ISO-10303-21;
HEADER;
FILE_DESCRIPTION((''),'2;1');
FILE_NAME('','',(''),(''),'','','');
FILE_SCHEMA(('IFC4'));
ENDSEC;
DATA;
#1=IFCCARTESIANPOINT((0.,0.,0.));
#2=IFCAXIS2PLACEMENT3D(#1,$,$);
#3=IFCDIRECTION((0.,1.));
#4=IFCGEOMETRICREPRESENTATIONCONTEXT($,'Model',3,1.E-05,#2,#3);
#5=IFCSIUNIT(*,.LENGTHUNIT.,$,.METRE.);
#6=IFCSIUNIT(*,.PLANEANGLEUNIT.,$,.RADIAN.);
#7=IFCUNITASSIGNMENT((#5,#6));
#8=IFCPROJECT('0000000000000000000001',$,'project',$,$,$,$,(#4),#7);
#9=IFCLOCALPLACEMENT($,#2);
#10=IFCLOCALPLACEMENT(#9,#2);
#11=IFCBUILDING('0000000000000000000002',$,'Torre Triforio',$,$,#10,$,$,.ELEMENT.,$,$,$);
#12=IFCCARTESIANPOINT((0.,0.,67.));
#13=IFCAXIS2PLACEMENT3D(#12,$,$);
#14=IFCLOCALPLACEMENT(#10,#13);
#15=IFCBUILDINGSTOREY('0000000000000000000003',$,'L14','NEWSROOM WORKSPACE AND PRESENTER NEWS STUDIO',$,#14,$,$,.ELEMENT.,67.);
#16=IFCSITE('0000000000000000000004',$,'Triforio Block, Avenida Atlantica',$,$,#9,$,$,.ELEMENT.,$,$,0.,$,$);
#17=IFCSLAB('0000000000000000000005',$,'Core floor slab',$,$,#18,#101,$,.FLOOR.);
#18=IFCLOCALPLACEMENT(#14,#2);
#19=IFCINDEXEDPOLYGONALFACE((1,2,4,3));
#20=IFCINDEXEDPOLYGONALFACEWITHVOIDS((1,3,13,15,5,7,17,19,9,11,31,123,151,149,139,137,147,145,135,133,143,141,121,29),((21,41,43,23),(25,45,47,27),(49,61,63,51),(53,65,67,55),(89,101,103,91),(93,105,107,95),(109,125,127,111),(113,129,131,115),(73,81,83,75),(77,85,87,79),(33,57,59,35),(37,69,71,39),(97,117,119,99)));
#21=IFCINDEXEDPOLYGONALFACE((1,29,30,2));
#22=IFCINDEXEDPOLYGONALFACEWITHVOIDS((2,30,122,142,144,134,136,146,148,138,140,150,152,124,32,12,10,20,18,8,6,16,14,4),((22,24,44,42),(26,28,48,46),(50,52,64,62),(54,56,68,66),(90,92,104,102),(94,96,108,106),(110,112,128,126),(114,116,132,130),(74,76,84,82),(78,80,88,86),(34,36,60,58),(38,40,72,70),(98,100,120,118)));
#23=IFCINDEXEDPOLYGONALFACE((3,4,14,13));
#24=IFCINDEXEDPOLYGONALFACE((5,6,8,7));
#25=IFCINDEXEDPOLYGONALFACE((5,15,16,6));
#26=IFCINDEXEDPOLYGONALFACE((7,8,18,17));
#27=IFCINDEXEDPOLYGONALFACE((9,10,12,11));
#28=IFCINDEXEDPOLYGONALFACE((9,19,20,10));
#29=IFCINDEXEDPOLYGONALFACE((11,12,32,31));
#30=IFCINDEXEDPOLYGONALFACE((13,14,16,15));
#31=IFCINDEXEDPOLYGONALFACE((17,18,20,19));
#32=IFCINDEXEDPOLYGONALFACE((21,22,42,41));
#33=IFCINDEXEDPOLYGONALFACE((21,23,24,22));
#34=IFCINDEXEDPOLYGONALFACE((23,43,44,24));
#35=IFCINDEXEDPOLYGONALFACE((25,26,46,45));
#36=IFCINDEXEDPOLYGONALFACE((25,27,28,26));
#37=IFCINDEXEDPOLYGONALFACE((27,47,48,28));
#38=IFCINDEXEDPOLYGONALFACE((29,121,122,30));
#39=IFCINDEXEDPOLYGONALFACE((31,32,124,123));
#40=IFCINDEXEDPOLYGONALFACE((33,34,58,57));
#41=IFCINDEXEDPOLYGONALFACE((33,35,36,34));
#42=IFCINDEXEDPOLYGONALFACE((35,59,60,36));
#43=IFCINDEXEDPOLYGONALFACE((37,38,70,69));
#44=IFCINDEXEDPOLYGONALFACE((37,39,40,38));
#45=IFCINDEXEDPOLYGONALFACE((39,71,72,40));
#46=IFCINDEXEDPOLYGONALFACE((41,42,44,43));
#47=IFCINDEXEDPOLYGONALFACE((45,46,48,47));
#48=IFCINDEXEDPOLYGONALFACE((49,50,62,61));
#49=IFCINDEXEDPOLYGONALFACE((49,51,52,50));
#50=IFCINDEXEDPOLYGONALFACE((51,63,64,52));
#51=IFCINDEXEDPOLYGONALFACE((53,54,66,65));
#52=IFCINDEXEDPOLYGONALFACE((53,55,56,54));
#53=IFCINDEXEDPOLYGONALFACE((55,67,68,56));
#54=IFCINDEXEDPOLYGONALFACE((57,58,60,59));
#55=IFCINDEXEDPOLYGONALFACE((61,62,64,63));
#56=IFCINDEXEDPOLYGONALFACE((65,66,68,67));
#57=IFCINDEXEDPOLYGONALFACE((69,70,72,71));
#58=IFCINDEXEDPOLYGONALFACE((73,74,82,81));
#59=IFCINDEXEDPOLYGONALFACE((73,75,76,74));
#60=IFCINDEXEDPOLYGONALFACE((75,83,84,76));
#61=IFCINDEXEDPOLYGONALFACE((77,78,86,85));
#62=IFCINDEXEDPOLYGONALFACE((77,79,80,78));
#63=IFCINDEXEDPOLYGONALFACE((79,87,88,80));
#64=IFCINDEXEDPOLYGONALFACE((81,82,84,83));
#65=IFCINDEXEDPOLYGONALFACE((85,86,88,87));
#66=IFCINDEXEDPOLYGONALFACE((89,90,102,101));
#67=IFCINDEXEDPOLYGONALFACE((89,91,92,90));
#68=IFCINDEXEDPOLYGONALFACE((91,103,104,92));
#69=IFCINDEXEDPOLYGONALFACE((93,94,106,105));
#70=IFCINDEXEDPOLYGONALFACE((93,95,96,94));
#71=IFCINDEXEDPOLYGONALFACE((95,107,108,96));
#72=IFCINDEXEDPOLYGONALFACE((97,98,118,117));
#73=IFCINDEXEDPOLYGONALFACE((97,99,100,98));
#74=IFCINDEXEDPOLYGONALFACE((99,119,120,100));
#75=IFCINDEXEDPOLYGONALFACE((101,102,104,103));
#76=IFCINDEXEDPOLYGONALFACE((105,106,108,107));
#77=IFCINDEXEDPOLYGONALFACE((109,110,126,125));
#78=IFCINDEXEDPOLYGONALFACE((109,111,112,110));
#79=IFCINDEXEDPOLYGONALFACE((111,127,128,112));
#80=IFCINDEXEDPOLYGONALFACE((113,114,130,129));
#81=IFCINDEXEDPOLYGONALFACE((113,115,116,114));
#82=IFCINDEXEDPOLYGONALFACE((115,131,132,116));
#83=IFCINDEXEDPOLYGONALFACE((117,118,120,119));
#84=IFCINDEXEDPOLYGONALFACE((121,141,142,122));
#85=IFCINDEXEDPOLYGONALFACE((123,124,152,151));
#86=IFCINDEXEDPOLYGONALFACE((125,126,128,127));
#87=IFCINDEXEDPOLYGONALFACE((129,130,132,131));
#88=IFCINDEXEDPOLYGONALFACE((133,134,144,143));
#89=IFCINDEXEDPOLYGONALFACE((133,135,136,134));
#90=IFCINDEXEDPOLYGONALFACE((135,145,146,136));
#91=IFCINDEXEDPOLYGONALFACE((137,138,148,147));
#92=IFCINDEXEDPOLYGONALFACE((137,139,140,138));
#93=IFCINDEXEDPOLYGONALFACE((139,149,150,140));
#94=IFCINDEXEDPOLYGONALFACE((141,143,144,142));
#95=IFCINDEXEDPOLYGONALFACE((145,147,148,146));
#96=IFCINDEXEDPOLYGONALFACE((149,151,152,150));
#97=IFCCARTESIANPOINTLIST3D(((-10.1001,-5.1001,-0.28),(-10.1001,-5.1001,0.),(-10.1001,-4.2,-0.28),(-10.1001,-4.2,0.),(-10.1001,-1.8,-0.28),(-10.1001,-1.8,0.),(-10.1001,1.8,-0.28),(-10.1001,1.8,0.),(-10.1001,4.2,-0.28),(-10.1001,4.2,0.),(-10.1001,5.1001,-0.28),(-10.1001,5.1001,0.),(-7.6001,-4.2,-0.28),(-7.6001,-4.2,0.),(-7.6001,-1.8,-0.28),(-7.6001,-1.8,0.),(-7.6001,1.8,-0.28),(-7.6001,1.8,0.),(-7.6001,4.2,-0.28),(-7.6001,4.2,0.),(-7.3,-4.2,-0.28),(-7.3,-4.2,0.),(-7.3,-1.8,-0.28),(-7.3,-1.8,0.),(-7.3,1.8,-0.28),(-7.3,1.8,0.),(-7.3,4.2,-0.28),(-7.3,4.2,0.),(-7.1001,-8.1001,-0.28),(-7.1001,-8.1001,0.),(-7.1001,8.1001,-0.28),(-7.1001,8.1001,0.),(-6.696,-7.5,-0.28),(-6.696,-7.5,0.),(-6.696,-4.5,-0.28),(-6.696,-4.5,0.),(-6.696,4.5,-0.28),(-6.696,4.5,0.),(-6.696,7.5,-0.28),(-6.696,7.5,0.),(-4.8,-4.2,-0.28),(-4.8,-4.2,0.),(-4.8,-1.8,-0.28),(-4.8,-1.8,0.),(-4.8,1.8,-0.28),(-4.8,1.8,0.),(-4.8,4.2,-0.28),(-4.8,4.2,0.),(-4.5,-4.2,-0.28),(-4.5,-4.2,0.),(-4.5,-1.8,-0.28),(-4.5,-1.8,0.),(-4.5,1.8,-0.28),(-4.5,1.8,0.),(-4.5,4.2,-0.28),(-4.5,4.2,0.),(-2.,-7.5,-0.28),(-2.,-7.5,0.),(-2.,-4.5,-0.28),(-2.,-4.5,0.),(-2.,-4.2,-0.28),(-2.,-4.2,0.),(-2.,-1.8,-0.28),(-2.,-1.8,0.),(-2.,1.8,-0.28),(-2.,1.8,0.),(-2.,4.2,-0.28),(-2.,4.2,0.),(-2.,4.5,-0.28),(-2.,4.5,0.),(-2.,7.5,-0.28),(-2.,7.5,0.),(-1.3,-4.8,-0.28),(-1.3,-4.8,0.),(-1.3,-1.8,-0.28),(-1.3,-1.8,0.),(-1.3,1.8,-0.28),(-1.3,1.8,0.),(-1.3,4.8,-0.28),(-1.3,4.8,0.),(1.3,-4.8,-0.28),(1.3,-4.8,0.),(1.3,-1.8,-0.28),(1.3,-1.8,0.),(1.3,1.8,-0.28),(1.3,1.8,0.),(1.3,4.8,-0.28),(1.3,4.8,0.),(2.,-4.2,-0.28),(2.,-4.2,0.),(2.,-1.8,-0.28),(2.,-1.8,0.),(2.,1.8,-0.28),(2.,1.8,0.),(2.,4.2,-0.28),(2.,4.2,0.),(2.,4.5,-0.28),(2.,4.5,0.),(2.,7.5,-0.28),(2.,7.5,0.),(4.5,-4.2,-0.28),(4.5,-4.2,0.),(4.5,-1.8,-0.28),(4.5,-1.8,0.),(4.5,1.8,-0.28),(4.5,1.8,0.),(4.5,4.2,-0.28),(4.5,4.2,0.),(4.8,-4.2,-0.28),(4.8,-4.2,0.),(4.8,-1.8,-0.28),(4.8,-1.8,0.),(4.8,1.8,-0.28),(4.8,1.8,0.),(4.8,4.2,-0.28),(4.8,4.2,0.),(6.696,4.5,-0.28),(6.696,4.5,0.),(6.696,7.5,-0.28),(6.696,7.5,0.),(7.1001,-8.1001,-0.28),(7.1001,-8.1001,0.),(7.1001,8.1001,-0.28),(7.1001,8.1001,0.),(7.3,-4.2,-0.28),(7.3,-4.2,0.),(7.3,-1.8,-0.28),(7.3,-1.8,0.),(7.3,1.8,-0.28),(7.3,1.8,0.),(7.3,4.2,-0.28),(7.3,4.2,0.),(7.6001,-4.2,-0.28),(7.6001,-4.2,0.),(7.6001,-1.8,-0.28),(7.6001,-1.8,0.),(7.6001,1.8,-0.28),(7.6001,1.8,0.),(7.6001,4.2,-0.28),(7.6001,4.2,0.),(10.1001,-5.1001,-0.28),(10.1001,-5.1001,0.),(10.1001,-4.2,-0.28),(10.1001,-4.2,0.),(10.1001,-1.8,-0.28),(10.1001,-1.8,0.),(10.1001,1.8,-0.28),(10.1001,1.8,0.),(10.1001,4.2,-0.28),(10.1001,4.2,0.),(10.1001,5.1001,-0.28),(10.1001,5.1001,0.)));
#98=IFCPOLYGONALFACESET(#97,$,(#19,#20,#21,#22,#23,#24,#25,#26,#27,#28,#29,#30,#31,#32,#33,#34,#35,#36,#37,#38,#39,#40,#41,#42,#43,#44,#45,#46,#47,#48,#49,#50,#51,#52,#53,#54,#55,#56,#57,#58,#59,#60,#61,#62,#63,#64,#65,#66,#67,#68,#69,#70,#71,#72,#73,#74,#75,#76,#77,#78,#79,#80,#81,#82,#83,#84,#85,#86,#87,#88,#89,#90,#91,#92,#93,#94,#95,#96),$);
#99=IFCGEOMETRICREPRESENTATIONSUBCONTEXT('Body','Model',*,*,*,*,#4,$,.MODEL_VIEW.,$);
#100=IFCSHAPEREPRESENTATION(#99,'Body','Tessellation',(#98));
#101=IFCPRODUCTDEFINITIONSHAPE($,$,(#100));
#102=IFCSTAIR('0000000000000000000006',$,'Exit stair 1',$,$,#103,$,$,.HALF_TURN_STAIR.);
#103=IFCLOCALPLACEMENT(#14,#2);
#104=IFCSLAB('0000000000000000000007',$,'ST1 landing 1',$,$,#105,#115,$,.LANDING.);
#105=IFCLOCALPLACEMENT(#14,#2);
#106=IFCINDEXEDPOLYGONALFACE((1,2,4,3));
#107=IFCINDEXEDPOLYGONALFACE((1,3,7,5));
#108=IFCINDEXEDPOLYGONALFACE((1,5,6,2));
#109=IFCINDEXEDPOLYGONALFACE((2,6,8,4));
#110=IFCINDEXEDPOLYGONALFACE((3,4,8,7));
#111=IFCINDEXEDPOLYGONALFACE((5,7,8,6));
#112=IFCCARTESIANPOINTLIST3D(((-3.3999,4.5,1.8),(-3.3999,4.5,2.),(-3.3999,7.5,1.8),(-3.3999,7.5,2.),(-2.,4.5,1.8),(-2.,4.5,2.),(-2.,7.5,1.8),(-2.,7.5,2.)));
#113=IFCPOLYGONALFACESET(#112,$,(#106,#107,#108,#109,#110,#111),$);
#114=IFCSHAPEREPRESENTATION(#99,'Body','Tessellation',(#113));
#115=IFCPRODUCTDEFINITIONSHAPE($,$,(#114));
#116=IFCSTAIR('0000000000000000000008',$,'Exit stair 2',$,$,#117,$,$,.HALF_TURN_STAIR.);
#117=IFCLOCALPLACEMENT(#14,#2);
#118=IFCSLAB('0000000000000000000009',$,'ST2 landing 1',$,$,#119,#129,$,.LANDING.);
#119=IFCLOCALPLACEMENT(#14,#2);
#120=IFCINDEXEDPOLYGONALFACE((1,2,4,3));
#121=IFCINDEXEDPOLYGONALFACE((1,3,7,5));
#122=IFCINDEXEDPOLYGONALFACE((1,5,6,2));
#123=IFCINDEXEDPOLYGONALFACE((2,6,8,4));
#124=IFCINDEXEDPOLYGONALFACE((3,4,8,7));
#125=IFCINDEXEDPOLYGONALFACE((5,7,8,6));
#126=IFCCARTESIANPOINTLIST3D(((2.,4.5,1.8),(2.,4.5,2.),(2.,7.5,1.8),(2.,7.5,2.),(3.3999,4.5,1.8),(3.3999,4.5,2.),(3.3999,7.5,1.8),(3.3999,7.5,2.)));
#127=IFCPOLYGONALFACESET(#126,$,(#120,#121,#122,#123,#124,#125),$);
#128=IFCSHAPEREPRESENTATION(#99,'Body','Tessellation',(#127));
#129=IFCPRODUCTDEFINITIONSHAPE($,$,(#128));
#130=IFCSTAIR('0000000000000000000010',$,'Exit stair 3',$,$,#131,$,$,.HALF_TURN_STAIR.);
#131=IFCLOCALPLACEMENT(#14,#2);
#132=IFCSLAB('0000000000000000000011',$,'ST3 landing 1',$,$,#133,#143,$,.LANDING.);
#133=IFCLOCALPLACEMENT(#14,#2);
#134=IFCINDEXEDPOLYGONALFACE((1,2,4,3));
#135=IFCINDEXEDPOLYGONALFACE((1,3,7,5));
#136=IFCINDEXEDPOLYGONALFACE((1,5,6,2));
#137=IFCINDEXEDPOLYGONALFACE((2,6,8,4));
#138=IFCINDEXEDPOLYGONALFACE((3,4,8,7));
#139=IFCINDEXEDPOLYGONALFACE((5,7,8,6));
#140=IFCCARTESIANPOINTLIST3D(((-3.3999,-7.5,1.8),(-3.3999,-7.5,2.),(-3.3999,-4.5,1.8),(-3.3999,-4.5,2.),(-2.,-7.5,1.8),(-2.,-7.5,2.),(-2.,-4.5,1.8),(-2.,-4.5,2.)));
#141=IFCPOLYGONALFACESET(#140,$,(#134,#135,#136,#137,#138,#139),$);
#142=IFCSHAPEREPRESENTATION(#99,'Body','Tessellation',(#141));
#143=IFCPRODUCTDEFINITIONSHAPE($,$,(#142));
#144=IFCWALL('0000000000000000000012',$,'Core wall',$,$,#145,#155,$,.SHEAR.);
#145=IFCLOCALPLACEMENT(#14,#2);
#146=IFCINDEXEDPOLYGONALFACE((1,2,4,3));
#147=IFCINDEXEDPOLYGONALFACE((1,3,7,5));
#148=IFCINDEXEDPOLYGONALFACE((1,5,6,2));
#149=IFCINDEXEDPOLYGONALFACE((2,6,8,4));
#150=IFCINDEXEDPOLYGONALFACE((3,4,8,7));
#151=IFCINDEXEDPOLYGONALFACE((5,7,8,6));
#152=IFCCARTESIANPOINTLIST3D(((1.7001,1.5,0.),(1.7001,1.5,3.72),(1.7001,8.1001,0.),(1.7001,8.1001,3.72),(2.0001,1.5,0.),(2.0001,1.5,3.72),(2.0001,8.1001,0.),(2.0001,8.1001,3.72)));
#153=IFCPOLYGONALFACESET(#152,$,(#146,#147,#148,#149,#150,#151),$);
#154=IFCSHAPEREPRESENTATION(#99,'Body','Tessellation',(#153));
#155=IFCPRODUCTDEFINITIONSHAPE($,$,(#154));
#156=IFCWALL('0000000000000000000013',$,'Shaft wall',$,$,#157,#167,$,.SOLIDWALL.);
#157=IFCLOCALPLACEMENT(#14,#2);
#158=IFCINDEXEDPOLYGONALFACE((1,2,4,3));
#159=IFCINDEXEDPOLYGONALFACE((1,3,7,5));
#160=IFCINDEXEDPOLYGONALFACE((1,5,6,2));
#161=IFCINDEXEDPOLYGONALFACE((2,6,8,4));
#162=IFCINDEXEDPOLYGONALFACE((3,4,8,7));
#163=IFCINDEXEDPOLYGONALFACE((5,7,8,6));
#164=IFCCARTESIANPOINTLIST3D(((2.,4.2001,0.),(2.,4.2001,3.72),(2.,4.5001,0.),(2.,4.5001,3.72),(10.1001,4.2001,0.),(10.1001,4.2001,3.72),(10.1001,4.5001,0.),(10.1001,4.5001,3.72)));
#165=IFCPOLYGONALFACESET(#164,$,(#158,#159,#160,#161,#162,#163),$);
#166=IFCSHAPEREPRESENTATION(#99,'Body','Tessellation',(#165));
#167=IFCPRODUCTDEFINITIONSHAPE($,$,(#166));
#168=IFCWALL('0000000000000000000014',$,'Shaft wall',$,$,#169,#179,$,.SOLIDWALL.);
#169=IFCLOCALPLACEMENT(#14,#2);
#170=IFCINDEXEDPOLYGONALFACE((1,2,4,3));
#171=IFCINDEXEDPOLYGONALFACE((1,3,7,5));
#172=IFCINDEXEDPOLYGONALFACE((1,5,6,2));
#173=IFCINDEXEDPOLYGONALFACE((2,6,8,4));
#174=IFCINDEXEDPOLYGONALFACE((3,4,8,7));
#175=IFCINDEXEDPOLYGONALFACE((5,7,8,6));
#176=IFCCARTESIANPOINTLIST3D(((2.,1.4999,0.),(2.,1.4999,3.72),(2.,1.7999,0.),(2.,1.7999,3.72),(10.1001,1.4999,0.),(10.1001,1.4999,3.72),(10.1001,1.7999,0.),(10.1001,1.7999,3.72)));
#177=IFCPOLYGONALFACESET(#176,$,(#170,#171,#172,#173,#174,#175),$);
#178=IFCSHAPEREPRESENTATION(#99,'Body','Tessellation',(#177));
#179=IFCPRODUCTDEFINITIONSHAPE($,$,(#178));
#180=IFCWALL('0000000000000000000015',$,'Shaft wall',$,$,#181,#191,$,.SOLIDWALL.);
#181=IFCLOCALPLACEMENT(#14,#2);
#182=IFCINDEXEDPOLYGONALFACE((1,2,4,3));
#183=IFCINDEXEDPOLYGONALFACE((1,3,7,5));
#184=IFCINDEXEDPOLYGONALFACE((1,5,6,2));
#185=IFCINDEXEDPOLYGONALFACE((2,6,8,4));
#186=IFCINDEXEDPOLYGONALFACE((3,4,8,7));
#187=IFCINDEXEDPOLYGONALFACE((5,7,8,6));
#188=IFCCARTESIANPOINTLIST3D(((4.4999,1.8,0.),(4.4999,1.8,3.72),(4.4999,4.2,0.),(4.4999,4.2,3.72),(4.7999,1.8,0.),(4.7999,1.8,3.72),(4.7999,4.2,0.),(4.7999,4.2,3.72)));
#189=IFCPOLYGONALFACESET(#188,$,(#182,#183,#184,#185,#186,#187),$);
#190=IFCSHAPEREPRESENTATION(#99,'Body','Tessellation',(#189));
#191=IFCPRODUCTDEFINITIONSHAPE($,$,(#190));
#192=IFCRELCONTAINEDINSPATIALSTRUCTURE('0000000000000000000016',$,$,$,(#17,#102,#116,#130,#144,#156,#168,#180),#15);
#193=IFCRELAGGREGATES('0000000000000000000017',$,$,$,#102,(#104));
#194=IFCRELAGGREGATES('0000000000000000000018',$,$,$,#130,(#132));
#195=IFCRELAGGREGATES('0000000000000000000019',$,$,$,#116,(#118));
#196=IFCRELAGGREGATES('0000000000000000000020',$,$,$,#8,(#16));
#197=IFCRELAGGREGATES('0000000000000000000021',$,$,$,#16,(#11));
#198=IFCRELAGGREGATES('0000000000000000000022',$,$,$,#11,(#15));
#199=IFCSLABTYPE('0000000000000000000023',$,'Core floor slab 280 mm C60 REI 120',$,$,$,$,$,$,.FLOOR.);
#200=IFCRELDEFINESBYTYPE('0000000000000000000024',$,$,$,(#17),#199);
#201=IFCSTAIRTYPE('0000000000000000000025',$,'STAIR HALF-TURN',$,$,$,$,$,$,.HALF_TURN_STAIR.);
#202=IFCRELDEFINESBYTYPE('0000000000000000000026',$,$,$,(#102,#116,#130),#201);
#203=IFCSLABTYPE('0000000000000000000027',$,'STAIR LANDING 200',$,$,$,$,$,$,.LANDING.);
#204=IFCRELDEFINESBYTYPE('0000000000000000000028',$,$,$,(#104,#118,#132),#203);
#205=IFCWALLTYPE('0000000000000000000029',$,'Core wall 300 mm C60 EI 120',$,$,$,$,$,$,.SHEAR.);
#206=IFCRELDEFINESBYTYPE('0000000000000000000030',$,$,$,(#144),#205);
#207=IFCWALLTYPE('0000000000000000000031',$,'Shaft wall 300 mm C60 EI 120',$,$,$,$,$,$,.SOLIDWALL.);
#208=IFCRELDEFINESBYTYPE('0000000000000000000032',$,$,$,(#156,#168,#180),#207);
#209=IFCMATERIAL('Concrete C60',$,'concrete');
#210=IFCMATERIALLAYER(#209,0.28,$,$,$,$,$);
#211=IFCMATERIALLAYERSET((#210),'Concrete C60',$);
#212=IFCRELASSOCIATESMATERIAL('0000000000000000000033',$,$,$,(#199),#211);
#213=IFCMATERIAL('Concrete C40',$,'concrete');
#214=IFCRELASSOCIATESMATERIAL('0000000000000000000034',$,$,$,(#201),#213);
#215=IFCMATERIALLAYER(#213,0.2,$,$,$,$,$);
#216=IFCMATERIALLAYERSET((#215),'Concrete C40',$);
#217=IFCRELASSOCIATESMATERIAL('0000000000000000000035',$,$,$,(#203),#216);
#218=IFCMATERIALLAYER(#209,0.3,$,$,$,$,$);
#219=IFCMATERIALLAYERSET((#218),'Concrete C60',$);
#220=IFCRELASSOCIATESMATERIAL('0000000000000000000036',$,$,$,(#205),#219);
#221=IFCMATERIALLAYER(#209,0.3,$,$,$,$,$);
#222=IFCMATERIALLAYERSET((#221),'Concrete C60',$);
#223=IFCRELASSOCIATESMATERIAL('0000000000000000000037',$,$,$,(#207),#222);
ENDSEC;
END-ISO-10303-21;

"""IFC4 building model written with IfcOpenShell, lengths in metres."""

from ifc_helpers import new_model, si_unit, direction, frame, frame_2d, origin, place, context, subcontext, project, spatial, polyline, rectangle, outline, extrude, material, layer, layer_set, type_object, element, aggregate, save


model = new_model("IFC4")

# Units and contexts
model_context = context("Model", 3, precision=1e-05, world=origin(), true_north=direction((0.0, 1.0)))
body_context = subcontext(model_context, "Body", "Model", "MODEL_VIEW")
ifc_project = project(units=[si_unit("LENGTHUNIT", "METRE"), si_unit("PLANEANGLEUNIT", "RADIAN")], contexts=[model_context])

# Site, building, storey
site_placement = place(None, origin())
site = spatial("IfcSite", under=ifc_project, at=site_placement, Name="Triforio Block, Avenida Atlantica", CompositionType="ELEMENT", RefElevation=0.0)
building_placement = place(site_placement, origin())
building = spatial("IfcBuilding", under=site, at=building_placement, Name="Torre Triforio", CompositionType="ELEMENT")
storey_placement = place(building_placement, frame((0.0, 0.0, 67.0)))
storey = spatial("IfcBuildingStorey", under=building, at=storey_placement, Name="L14", Description="NEWSROOM WORKSPACE AND PRESENTER NEWS STUDIO", CompositionType="ELEMENT", Elevation=67.0)

# Slab
ifc_material_1 = material(Name="Concrete C60", Category="concrete")
ifc_layer_1 = layer(ifc_material_1, 0.28)
ifc_layer_set_1 = layer_set([ifc_layer_1], Name="Concrete C60")
slab_type_1 = type_object("IfcSlabType", Name="Core floor slab 280 mm C60 REI 120", PredefinedType="FLOOR", material=ifc_layer_set_1)
slab_1_placement = place(storey_placement, frame((0.0, 0.0, -0.28)))
element("IfcSlab", 1, at=slab_1_placement, inside=storey, type_object=slab_type_1, Name="Core floor slab", PredefinedType="FLOOR", context=body_context, shape_type="SweptSolid", body=[
    extrude(outline(polyline([(10.1001, -5.1001), (7.1001, -8.1001), (-7.1001, -8.1001), (-10.1001, -5.1001), (-10.1001, -4.2), (-7.6001, -4.2), (-7.6001, -1.8), (-10.1001, -1.8), (-10.1001, 1.8), (-7.6001, 1.8), (-7.6001, 4.2), (-10.1001, 4.2), (-10.1001, 5.1001), (-7.1001, 8.1001), (7.1001, 8.1001), (10.1001, 5.1001), (10.1001, 4.2), (7.6001, 4.2), (7.6001, 1.8), (10.1001, 1.8), (10.1001, -1.8), (7.6001, -1.8), (7.6001, -4.2), (10.1001, -4.2), (10.1001, -5.1001)]), holes=[polyline([(-2.0, -4.5), (-6.696, -4.5), (-6.696, -7.5), (-2.0, -7.5), (-2.0, -4.5)]), polyline([(-4.8, -1.8), (-7.3, -1.8), (-7.3, -4.2), (-4.8, -4.2), (-4.8, -1.8)]), polyline([(-2.0, -1.8), (-4.5, -1.8), (-4.5, -4.2), (-2.0, -4.2), (-2.0, -1.8)]), polyline([(-4.8, 4.2), (-7.3, 4.2), (-7.3, 1.8), (-4.8, 1.8), (-4.8, 4.2)]), polyline([(-2.0, 4.2), (-4.5, 4.2), (-4.5, 1.8), (-2.0, 1.8), (-2.0, 4.2)]), polyline([(1.3, 4.8), (-1.3, 4.8), (-1.3, 1.8), (1.3, 1.8), (1.3, 4.8)]), polyline([(-2.0, 7.5), (-6.696, 7.5), (-6.696, 4.5), (-2.0, 4.5), (-2.0, 7.5)]), polyline([(1.3, -1.8), (-1.3, -1.8), (-1.3, -4.8), (1.3, -4.8), (1.3, -1.8)]), polyline([(4.5, -1.8), (2.0, -1.8), (2.0, -4.2), (4.5, -4.2), (4.5, -1.8)]), polyline([(7.3, -1.8), (4.8, -1.8), (4.8, -4.2), (7.3, -4.2), (7.3, -1.8)]), polyline([(4.5, 4.2), (2.0, 4.2), (2.0, 1.8), (4.5, 1.8), (4.5, 4.2)]), polyline([(7.3, 4.2), (4.8, 4.2), (4.8, 1.8), (7.3, 1.8), (7.3, 4.2)]), polyline([(6.696, 4.5), (6.696, 7.5), (2.0, 7.5), (2.0, 4.5), (6.696, 4.5)])]), origin(), (0.0, 0.0, 1.0), 0.28),
])

# Stairs, slabs
ifc_material_2 = material(Name="Concrete C40", Category="concrete")
stair_type = type_object("IfcStairType", Name="STAIR HALF-TURN", PredefinedType="HALF_TURN_STAIR", material=ifc_material_2)
stair_1_placement = place(storey_placement, origin())
stair_1 = element("IfcStair", 2, at=stair_1_placement, inside=storey, type_object=stair_type, Name="Exit stair 1", PredefinedType="HALF_TURN_STAIR")
ifc_layer_2 = layer(ifc_material_2, 0.2)
ifc_layer_set_2 = layer_set([ifc_layer_2], Name="Concrete C40")
slab_type_2 = type_object("IfcSlabType", Name="STAIR LANDING 200", PredefinedType="LANDING", material=ifc_layer_set_2)
slab_2_placement = place(storey_placement, frame((0.0, 0.0, 1.8)))
slab_2 = element("IfcSlab", 3, at=slab_2_placement, type_object=slab_type_2, Name="ST1 landing 1", PredefinedType="LANDING", context=body_context, shape_type="SweptSolid", body=[
    extrude(outline(polyline([(-2.0, 4.5), (-2.0, 7.5), (-3.3999, 7.5), (-3.3999, 4.5), (-2.0, 4.5)])), origin(), (0.0, 0.0, 1.0), 0.2),
])
aggregate(stair_1, [slab_2])
stair_2_placement = place(storey_placement, origin())
stair_2 = element("IfcStair", 4, at=stair_2_placement, inside=storey, type_object=stair_type, Name="Exit stair 2", PredefinedType="HALF_TURN_STAIR")
slab_3_placement = place(storey_placement, frame((0.0, 0.0, 1.8)))
slab_3 = element("IfcSlab", 5, at=slab_3_placement, type_object=slab_type_2, Name="ST2 landing 1", PredefinedType="LANDING", context=body_context, shape_type="SweptSolid", body=[
    extrude(outline(polyline([(3.3999, 4.5), (3.3999, 7.5), (2.0, 7.5), (2.0, 4.5), (3.3999, 4.5)])), origin(), (0.0, 0.0, 1.0), 0.2),
])
stair_3_placement = place(storey_placement, origin())
stair_3 = element("IfcStair", 6, at=stair_3_placement, inside=storey, type_object=stair_type, Name="Exit stair 3", PredefinedType="HALF_TURN_STAIR")
slab_4_placement = place(storey_placement, frame((0.0, 0.0, 1.8)))
slab_4 = element("IfcSlab", 7, at=slab_4_placement, type_object=slab_type_2, Name="ST3 landing 1", PredefinedType="LANDING", context=body_context, shape_type="SweptSolid", body=[
    extrude(outline(polyline([(-2.0, -7.5), (-2.0, -4.5), (-3.3999, -4.5), (-3.3999, -7.5), (-2.0, -7.5)])), origin(), (0.0, 0.0, 1.0), 0.2),
])
aggregate(stair_3, [slab_4])

# Walls
ifc_layer_3 = layer(ifc_material_1, 0.3)
ifc_layer_set_3 = layer_set([ifc_layer_3], Name="Concrete C60")
wall_type_1 = type_object("IfcWallType", Name="Core wall 300 mm C60 EI 120", PredefinedType="SHEAR", material=ifc_layer_set_3)
wall_1_placement = place(storey_placement, frame((1.8501, 1.5, 0.0), z_axis=(0.0, 0.0, 1.0), x_axis=(0.0, 1.0, 0.0)))
element("IfcWall", 8, at=wall_1_placement, inside=storey, type_object=wall_type_1, Name="Core wall", PredefinedType="SHEAR", context=body_context, shape_type="SweptSolid", body=[
    extrude(rectangle(XDim=6.6001, YDim=0.3, at=frame_2d((3.3, 0.0))), origin(), (0.0, 0.0, 1.0), 3.72),
])
ifc_layer_4 = layer(ifc_material_1, 0.3)
ifc_layer_set_4 = layer_set([ifc_layer_4], Name="Concrete C60")
wall_type_2 = type_object("IfcWallType", Name="Shaft wall 300 mm C60 EI 120", PredefinedType="SOLIDWALL", material=ifc_layer_set_4)
for number, where, z_axis, x_axis, name in (
    (9, (2.0, 4.3501, 0.0), (0.0, 0.0, 1.0), (1.0, 0.0, 0.0), "Shaft wall"),
    (10, (2.0, 1.6499, 0.0), (0.0, 0.0, 1.0), (1.0, 0.0, 0.0), "Shaft wall"),
):
    element("IfcWall", number, at=place(storey_placement, frame(where, z_axis=z_axis, x_axis=x_axis)), inside=storey, type_object=wall_type_2, Name=name, PredefinedType="SOLIDWALL", context=body_context, shape_type="SweptSolid", body=[
        extrude(rectangle(XDim=8.1001, YDim=0.3, at=frame_2d((4.05, 0.0))), origin(), (0.0, 0.0, 1.0), 3.72),
    ])
for number, where, z_axis, x_axis, name in (
    (11, (4.6499, 1.8, 0.0), (0.0, 0.0, 1.0), (0.0, 1.0, 0.0), "Shaft wall"),
):
    element("IfcWall", number, at=place(storey_placement, frame(where, z_axis=z_axis, x_axis=x_axis)), inside=storey, type_object=wall_type_2, Name=name, PredefinedType="SOLIDWALL", context=body_context, shape_type="SweptSolid", body=[
        extrude(rectangle(XDim=2.3999, YDim=0.3, at=frame_2d((1.2, 0.0))), origin(), (0.0, 0.0, 1.0), 3.72),
    ])

aggregate(stair_2, [slab_3])

save(model, "model.ifc")
